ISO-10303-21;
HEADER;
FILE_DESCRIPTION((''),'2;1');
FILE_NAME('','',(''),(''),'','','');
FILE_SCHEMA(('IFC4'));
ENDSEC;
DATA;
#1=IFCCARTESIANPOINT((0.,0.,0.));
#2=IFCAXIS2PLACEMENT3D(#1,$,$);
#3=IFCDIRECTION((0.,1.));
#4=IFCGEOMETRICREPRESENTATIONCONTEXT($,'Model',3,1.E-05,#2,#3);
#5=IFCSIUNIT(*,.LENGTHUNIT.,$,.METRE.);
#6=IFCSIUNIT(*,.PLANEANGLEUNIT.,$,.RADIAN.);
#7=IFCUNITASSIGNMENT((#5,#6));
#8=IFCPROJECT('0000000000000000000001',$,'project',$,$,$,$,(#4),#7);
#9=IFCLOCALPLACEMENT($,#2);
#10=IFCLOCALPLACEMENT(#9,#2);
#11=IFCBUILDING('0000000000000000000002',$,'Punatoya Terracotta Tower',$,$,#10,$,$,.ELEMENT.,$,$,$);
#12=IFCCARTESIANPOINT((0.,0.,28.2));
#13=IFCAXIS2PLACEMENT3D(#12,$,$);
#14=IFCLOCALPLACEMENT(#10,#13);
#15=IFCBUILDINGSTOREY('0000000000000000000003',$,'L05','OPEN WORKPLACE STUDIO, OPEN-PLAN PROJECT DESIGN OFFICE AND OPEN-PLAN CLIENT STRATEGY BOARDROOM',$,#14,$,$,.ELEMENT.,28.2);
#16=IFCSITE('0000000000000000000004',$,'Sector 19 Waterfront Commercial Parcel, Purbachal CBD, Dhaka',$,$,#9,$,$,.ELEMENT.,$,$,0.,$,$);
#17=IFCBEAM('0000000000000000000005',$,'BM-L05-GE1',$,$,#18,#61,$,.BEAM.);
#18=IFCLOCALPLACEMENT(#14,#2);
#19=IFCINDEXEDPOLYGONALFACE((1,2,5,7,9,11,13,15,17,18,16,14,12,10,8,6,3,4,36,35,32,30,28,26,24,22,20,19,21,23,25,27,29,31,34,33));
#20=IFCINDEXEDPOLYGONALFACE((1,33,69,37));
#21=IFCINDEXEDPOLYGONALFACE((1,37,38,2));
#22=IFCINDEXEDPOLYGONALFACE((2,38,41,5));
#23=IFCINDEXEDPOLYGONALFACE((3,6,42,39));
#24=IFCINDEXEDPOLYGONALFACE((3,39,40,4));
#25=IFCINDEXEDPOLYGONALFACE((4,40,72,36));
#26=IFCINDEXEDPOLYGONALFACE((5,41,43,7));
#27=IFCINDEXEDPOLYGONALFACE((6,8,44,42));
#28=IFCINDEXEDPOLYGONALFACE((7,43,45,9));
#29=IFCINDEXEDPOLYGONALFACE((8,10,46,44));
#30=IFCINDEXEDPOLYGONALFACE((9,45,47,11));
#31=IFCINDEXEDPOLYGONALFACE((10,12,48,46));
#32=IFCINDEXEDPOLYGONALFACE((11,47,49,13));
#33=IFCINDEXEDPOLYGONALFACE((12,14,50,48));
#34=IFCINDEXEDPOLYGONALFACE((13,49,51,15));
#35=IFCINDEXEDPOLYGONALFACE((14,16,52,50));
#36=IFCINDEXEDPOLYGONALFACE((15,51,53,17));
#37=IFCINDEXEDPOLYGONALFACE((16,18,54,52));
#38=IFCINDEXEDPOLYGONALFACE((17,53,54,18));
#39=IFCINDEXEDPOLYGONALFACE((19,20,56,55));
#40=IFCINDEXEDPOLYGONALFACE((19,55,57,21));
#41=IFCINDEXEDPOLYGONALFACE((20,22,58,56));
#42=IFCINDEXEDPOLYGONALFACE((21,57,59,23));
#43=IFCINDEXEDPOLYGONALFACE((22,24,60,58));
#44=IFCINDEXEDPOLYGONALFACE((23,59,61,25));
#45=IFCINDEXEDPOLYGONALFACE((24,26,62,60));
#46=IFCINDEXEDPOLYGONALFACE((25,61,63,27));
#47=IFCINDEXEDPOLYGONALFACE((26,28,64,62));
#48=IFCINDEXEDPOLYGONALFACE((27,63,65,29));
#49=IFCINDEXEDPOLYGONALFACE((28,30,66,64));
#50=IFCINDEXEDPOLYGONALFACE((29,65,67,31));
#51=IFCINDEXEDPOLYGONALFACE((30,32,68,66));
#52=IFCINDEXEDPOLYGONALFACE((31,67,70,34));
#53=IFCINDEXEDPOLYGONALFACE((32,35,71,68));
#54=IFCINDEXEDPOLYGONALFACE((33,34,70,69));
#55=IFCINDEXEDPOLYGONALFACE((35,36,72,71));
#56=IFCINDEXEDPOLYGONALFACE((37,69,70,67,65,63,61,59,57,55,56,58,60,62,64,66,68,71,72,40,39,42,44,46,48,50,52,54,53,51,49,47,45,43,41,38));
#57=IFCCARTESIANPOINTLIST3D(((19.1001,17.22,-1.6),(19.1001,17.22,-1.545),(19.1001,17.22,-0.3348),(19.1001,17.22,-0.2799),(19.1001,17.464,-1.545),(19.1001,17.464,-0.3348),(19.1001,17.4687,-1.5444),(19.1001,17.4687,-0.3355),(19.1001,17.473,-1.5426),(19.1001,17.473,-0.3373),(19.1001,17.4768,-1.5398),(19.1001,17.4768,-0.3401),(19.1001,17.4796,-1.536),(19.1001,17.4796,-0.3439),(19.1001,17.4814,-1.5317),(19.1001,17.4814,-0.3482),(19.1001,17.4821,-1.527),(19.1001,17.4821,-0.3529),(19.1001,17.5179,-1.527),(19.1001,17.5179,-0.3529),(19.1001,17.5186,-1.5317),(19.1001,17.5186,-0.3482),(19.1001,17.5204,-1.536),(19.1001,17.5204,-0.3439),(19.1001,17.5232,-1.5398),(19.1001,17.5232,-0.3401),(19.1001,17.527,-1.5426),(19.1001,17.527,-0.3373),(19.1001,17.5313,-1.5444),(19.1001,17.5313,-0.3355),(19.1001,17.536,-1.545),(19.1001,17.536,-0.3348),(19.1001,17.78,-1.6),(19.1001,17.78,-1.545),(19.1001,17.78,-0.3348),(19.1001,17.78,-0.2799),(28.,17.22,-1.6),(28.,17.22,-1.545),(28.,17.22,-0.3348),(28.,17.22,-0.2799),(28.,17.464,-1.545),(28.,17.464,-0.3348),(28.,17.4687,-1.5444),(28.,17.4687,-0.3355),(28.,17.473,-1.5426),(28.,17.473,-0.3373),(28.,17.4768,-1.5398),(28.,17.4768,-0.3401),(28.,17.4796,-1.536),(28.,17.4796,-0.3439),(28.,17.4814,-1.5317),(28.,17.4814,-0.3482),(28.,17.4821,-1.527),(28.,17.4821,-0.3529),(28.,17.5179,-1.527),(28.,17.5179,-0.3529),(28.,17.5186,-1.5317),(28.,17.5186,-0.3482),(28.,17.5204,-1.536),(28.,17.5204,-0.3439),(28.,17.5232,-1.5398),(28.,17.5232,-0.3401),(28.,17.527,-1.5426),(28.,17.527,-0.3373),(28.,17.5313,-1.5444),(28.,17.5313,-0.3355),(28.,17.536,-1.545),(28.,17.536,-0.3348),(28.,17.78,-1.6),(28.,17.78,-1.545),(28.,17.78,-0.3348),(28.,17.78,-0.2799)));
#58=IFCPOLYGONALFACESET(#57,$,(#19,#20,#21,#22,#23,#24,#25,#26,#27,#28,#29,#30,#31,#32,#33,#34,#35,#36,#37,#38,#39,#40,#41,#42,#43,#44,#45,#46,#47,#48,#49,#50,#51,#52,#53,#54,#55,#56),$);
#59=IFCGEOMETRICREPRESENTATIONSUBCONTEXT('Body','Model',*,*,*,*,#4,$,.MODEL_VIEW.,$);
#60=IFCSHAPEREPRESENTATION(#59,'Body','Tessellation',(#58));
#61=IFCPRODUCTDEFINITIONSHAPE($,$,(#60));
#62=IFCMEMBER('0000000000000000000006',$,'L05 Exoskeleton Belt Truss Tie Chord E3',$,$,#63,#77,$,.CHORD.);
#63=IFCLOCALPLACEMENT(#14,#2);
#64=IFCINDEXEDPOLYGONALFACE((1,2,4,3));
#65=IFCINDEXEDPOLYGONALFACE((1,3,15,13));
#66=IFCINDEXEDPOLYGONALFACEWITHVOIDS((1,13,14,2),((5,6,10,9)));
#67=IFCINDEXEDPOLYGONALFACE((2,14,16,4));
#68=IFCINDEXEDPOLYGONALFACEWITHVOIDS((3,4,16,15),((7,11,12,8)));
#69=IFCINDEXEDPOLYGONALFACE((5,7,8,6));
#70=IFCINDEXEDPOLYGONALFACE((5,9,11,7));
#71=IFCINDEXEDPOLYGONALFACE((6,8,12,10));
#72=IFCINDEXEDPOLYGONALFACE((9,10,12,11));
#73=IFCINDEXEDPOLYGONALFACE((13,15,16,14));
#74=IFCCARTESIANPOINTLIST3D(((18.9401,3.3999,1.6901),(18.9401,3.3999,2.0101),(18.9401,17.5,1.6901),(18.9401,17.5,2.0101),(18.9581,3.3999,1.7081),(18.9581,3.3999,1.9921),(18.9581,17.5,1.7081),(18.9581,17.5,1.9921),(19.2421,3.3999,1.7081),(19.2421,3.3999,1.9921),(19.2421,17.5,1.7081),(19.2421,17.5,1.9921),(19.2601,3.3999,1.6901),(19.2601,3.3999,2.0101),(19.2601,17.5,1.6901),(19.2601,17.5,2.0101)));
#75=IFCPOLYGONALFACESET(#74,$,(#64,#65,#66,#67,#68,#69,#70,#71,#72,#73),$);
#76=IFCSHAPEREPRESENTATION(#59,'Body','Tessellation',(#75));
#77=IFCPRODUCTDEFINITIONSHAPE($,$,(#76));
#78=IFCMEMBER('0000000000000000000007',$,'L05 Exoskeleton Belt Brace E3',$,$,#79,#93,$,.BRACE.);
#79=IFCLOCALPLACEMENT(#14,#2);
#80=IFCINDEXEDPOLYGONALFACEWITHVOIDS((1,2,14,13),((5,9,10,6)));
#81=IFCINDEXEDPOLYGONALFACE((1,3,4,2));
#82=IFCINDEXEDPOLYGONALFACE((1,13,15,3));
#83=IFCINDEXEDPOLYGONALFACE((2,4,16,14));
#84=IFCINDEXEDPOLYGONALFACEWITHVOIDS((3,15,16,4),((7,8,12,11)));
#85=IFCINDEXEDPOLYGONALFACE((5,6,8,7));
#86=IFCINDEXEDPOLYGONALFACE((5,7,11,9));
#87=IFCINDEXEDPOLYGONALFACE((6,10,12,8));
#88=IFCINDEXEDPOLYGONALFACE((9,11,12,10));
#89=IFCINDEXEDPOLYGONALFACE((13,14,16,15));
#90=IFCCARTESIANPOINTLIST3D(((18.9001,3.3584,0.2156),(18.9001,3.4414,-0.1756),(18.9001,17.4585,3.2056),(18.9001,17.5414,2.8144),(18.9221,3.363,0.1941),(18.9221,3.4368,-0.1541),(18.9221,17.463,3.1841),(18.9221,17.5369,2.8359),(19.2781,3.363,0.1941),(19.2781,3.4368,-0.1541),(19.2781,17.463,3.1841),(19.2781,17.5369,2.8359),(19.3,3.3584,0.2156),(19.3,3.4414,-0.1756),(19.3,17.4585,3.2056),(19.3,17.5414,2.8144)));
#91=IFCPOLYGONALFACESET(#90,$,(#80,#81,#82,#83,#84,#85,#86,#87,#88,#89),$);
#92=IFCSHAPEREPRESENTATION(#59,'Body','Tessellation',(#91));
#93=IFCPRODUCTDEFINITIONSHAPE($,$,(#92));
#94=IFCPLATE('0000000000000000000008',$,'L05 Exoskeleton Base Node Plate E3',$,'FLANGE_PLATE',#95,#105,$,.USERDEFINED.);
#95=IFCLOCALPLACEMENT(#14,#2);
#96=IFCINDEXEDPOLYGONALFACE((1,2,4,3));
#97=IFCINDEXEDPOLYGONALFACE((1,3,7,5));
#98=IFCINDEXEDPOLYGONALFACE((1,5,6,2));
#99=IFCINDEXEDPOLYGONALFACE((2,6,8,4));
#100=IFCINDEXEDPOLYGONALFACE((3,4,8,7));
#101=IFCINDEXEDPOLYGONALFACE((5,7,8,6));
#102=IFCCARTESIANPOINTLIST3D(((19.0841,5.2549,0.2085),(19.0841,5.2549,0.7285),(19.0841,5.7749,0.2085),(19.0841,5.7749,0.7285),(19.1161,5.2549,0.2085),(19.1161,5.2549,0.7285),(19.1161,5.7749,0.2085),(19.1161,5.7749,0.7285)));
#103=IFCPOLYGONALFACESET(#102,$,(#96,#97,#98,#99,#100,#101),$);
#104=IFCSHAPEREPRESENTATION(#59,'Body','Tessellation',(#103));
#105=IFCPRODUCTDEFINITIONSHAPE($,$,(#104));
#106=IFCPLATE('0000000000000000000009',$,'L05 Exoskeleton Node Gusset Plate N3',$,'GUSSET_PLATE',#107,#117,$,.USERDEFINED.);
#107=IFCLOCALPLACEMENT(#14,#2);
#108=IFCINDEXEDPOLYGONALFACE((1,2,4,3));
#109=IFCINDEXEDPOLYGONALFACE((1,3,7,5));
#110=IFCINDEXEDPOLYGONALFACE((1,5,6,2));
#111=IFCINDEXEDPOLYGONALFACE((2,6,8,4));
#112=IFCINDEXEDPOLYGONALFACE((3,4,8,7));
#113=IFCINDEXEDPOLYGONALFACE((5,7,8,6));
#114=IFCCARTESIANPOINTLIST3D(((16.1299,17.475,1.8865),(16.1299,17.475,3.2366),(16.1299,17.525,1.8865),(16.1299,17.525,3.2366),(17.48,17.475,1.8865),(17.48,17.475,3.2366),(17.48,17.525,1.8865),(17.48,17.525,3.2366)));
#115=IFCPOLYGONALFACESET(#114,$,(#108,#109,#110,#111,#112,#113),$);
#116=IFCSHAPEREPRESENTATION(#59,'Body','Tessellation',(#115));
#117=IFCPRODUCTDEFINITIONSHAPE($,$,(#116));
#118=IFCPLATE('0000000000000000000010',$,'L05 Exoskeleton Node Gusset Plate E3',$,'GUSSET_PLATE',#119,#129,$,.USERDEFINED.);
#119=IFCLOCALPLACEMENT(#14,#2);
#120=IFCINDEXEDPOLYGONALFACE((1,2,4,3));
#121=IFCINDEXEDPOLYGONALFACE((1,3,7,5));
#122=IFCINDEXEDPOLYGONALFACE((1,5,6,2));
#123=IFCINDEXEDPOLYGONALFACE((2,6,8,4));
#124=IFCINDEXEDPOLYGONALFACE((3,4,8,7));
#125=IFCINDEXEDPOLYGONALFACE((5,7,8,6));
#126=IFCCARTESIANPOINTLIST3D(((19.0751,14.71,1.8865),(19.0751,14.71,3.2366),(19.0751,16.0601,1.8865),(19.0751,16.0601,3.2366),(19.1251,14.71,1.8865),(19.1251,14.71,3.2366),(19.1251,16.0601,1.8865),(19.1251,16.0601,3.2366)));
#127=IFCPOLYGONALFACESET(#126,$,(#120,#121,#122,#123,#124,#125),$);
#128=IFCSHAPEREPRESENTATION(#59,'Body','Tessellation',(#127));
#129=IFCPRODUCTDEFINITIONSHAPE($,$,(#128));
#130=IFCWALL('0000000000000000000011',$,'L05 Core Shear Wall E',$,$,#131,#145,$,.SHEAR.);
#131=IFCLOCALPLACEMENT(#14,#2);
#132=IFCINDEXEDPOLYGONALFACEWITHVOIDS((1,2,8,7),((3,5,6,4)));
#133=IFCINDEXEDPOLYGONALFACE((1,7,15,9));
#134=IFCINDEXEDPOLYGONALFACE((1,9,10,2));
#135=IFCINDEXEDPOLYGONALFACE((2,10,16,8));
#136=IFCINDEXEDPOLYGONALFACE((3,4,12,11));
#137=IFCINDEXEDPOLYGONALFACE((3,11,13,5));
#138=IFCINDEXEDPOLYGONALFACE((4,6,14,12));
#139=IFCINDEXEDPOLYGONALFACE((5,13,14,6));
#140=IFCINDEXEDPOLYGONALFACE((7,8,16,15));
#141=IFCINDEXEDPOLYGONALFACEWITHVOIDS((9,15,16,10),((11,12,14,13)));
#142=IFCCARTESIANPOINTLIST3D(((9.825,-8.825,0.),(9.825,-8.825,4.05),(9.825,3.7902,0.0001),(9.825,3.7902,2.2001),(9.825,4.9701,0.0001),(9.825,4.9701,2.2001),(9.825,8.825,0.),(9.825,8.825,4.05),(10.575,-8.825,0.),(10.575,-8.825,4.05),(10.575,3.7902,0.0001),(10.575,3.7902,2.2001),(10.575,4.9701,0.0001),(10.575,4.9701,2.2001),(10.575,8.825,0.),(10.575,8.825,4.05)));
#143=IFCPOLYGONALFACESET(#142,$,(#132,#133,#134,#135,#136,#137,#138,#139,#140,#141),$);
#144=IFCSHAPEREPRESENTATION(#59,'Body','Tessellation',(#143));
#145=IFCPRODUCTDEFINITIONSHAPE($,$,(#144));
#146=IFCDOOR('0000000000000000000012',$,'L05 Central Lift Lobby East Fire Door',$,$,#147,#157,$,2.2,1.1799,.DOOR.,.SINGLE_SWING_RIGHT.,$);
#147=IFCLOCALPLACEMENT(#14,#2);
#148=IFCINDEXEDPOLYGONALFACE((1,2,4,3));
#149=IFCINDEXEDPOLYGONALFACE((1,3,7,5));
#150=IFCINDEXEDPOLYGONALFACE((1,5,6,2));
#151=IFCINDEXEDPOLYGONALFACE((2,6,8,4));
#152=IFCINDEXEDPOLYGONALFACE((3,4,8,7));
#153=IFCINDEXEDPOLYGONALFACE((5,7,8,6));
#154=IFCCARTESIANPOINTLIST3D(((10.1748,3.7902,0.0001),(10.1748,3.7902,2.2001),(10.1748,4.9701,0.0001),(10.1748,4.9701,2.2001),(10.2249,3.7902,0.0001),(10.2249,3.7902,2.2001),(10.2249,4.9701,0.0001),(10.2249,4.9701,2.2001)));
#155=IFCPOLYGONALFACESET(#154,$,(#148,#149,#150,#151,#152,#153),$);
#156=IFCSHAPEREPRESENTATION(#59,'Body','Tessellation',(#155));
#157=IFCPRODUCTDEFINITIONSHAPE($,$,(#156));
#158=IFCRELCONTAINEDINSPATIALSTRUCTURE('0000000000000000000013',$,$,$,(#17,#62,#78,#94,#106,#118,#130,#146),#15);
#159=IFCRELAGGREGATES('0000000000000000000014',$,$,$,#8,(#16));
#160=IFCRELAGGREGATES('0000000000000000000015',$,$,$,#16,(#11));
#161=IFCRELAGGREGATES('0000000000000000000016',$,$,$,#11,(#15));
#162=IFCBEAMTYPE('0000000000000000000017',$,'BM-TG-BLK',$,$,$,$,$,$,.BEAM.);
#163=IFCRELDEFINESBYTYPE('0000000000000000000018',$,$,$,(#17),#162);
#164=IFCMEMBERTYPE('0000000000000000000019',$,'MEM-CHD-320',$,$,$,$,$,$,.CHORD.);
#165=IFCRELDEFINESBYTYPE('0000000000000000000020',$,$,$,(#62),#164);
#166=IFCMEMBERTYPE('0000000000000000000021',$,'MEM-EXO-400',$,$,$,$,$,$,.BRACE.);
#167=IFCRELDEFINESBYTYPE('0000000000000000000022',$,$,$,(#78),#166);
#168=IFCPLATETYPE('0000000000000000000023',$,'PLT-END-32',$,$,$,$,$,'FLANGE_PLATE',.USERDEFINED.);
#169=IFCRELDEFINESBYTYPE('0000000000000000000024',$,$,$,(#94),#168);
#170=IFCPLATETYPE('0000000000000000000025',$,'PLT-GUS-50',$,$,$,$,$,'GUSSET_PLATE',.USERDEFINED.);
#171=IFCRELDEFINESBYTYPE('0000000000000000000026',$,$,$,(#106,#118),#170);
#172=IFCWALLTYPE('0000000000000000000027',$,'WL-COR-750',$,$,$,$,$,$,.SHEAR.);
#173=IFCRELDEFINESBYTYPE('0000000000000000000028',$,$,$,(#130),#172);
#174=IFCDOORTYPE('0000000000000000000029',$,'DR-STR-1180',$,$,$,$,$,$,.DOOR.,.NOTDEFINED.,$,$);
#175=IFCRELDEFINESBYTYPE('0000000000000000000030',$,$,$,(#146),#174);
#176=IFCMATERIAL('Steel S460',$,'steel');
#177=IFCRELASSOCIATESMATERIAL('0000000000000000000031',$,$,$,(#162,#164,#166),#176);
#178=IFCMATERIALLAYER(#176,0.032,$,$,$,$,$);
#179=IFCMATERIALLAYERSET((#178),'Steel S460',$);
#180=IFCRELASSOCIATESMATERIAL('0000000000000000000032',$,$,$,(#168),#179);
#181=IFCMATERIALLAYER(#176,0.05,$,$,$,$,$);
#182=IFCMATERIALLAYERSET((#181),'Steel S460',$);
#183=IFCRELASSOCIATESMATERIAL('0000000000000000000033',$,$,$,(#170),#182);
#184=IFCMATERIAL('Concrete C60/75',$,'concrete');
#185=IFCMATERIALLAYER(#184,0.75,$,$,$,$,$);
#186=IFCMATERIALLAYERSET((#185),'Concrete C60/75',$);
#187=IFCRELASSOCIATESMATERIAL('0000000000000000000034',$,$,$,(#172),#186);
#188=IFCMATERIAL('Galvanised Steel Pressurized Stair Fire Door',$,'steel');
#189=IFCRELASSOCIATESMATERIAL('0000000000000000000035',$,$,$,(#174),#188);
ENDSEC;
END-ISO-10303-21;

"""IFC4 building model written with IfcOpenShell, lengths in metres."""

from ifc_helpers import new_model, si_unit, direction, frame, frame_2d, origin, origin_2d, place, context, subcontext, project, spatial, rectangle, hollow_rectangle, i_section, extrude, material, layer, layer_set, material_profile, profile_set, type_object, element, fill, save


model = new_model("IFC4")

# Units and contexts
model_context = context("Model", 3, precision=1e-05, world=origin(), true_north=direction((0.0, 1.0)))
body_context = subcontext(model_context, "Body", "Model", "MODEL_VIEW")
ifc_project = project(units=[si_unit("LENGTHUNIT", "METRE"), si_unit("PLANEANGLEUNIT", "RADIAN")], contexts=[model_context])

# Site, building, storey
site_placement = place(None, origin())
site = spatial("IfcSite", under=ifc_project, at=site_placement, Name="Sector 19 Waterfront Commercial Parcel, Purbachal CBD, Dhaka", CompositionType="ELEMENT", RefElevation=0.0)
building_placement = place(site_placement, origin())
building = spatial("IfcBuilding", under=site, at=building_placement, Name="Punatoya Terracotta Tower", CompositionType="ELEMENT")
storey_placement = place(building_placement, frame((0.0, 0.0, 28.2)))
storey = spatial("IfcBuildingStorey", under=building, at=storey_placement, Name="L05", Description="OPEN WORKPLACE STUDIO, OPEN-PLAN PROJECT DESIGN OFFICE AND OPEN-PLAN CLIENT STRATEGY BOARDROOM", CompositionType="ELEMENT", Elevation=28.2)

# Shared definitions
ifc_material_1 = material(Name="Steel S460", Category="steel")

# Beam
ifc_material_profile_1 = material_profile(ifc_material_1, i_section(OverallWidth=0.5601, OverallDepth=1.3201, WebThickness=0.0359, FlangeThickness=0.0549, FilletRadius=0.0181, at=origin_2d()))
ifc_profile_set_1 = profile_set([ifc_material_profile_1], Name="Steel S460")
beam_type_1 = type_object("IfcBeamType", Name="BM-TG-BLK", PredefinedType="BEAM", material=ifc_profile_set_1)
for number, where, z_axis, x_axis, name in (
    (1, (19.1001, 17.5, -0.9399), (1.0, 0.0, 0.0), (0.0, 1.0, 0.0), "BM-L05-GE1"),
):
    element("IfcBeam", number, at=place(storey_placement, frame(where, z_axis=z_axis, x_axis=x_axis)), inside=storey, type_object=beam_type_1, Name=name, PredefinedType="BEAM", context=body_context, shape_type="SweptSolid", body=[
        extrude(i_section(OverallWidth=0.5601, OverallDepth=1.3201, WebThickness=0.0359, FlangeThickness=0.0549, FilletRadius=0.0181, at=origin_2d()), origin(), (0.0, 0.0, 1.0), 8.8999),
    ])

# Members
ifc_material_profile_2 = material_profile(ifc_material_1, hollow_rectangle(XDim=0.3201, YDim=0.3201, WallThickness=0.0181, at=origin_2d()))
ifc_profile_set_2 = profile_set([ifc_material_profile_2], Name="Steel S460")
member_type_1 = type_object("IfcMemberType", Name="MEM-CHD-320", PredefinedType="CHORD", material=ifc_profile_set_2)
member_1_placement = place(storey_placement, frame((19.1001, 3.3999, 1.8501), z_axis=(0.0, 1.0, 0.0), x_axis=(-1.0, 0.0, 0.0)))
element("IfcMember", 2, at=member_1_placement, inside=storey, type_object=member_type_1, Name="L05 Exoskeleton Belt Truss Tie Chord E3", PredefinedType="CHORD", context=body_context, shape_type="SweptSolid", body=[
    extrude(hollow_rectangle(XDim=0.3201, YDim=0.3201, WallThickness=0.0181, at=origin_2d()), origin(), (0.0, 0.0, 1.0), 14.1001),
])
ifc_material_profile_3 = material_profile(ifc_material_1, hollow_rectangle(XDim=0.3999, YDim=0.3999, WallThickness=0.022, at=origin_2d()))
ifc_profile_set_3 = profile_set([ifc_material_profile_3], Name="Steel S460")
member_type_2 = type_object("IfcMemberType", Name="MEM-EXO-400", PredefinedType="BRACE", material=ifc_profile_set_3)
member_2_placement = place(storey_placement, frame((19.1001, 3.3999, 0.02), z_axis=(0.0, 0.978247, 0.207442), x_axis=(-1.0, 0.0, 0.0)))
element("IfcMember", 3, at=member_2_placement, inside=storey, type_object=member_type_2, Name="L05 Exoskeleton Belt Brace E3", PredefinedType="BRACE", context=body_context, shape_type="SweptSolid", body=[
    extrude(hollow_rectangle(XDim=0.3999, YDim=0.3999, WallThickness=0.022, at=origin_2d()), origin(), (0.0, 0.0, 1.0), 14.4136),
])

# Plates
ifc_layer_1 = layer(ifc_material_1, 0.032)
ifc_layer_set_1 = layer_set([ifc_layer_1], Name="Steel S460")
plate_type_1 = type_object("IfcPlateType", Name="PLT-END-32", ElementType="FLANGE_PLATE", PredefinedType="USERDEFINED", material=ifc_layer_set_1)
plate_placement = place(storey_placement, frame((19.1001, 5.5149, 0.2085), z_axis=(0.0, 0.0, 1.0), x_axis=(0.0, 1.0, 0.0)))
element("IfcPlate", 4, at=plate_placement, inside=storey, type_object=plate_type_1, Name="L05 Exoskeleton Base Node Plate E3", ObjectType="FLANGE_PLATE", PredefinedType="USERDEFINED", context=body_context, shape_type="SweptSolid", body=[
    extrude(rectangle(XDim=0.52, YDim=0.032, at=origin_2d()), origin(), (0.0, 0.0, 1.0), 0.52),
])
ifc_layer_2 = layer(ifc_material_1, 0.05)
ifc_layer_set_2 = layer_set([ifc_layer_2], Name="Steel S460")
plate_type_2 = type_object("IfcPlateType", Name="PLT-GUS-50", ElementType="GUSSET_PLATE", PredefinedType="USERDEFINED", material=ifc_layer_set_2)
for number, where, z_axis, x_axis, name in (
    (5, (16.8049, 17.5, 1.8865), (0.0, 0.0, 1.0), (1.0, 0.0, 0.0), "L05 Exoskeleton Node Gusset Plate N3"),
    (6, (19.1001, 15.385, 1.8865), (0.0, 0.0, 1.0), (0.0, 1.0, 0.0), "L05 Exoskeleton Node Gusset Plate E3"),
):
    element("IfcPlate", number, at=place(storey_placement, frame(where, z_axis=z_axis, x_axis=x_axis)), inside=storey, type_object=plate_type_2, Name=name, ObjectType="GUSSET_PLATE", PredefinedType="USERDEFINED", context=body_context, shape_type="SweptSolid", body=[
        extrude(rectangle(XDim=1.3501, YDim=0.05, at=origin_2d()), origin(), (0.0, 0.0, 1.0), 1.3501),
    ])

# Wall, opening, door
ifc_material_2 = material(Name="Concrete C60/75", Category="concrete")
ifc_layer_3 = layer(ifc_material_2, 0.75)
ifc_layer_set_3 = layer_set([ifc_layer_3], Name="Concrete C60/75")
wall_type_1 = type_object("IfcWallType", Name="WL-COR-750", PredefinedType="SHEAR", material=ifc_layer_set_3)
wall_1_placement = place(storey_placement, frame((10.2, 8.825, 0.0), z_axis=(0.0, 0.0, 1.0), x_axis=(0.0, -1.0, 0.0)))
wall_1 = element("IfcWall", 7, at=wall_1_placement, inside=storey, type_object=wall_type_1, Name="L05 Core Shear Wall E", PredefinedType="SHEAR", context=body_context, shape_type="SweptSolid", body=[
    extrude(rectangle(XDim=17.6499, YDim=0.75, at=frame_2d((8.825, 0.0))), origin(), (0.0, 0.0, 1.0), 4.05),
])
opening_1_placement = place(wall_1_placement, frame((3.855, 0.0, 0.0)))
opening_1 = element("IfcOpeningElement", 8, at=opening_1_placement, cuts=wall_1, PredefinedType="OPENING", context=body_context, shape_type="SweptSolid", body=[
    extrude(rectangle(XDim=1.1799, YDim=2.2, at=frame_2d((0.5898, 1.1001))), frame((0.0, 0.385, 0.0), z_axis=(0.0, -1.0, 0.0), x_axis=(1.0, 0.0, 0.0)), (0.0, 0.0, 1.0), 0.77),
])
ifc_material_3 = material(Name="Galvanised Steel Pressurized Stair Fire Door", Category="steel")
door_type_1 = type_object("IfcDoorType", Name="DR-STR-1180", OperationType="NOTDEFINED", PredefinedType="DOOR", material=ifc_material_3)
door_1_placement = place(opening_1_placement, origin())
door_1 = element("IfcDoor", 9, at=door_1_placement, inside=storey, type_object=door_type_1, Name="L05 Central Lift Lobby East Fire Door", OperationType="SINGLE_SWING_RIGHT", OverallHeight=2.2, OverallWidth=1.1799, PredefinedType="DOOR", context=body_context, shape_type="SweptSolid", body=[
    extrude(rectangle(XDim=1.1799, YDim=2.2, at=frame_2d((0.5898, 1.1001))), frame((0.0, 0.0249, 0.0), z_axis=(0.0, -1.0, 0.0), x_axis=(1.0, 0.0, 0.0)), (0.0, 0.0, 1.0), 0.05),
])
fill(opening_1, door_1)

save(model, "model.ifc")
